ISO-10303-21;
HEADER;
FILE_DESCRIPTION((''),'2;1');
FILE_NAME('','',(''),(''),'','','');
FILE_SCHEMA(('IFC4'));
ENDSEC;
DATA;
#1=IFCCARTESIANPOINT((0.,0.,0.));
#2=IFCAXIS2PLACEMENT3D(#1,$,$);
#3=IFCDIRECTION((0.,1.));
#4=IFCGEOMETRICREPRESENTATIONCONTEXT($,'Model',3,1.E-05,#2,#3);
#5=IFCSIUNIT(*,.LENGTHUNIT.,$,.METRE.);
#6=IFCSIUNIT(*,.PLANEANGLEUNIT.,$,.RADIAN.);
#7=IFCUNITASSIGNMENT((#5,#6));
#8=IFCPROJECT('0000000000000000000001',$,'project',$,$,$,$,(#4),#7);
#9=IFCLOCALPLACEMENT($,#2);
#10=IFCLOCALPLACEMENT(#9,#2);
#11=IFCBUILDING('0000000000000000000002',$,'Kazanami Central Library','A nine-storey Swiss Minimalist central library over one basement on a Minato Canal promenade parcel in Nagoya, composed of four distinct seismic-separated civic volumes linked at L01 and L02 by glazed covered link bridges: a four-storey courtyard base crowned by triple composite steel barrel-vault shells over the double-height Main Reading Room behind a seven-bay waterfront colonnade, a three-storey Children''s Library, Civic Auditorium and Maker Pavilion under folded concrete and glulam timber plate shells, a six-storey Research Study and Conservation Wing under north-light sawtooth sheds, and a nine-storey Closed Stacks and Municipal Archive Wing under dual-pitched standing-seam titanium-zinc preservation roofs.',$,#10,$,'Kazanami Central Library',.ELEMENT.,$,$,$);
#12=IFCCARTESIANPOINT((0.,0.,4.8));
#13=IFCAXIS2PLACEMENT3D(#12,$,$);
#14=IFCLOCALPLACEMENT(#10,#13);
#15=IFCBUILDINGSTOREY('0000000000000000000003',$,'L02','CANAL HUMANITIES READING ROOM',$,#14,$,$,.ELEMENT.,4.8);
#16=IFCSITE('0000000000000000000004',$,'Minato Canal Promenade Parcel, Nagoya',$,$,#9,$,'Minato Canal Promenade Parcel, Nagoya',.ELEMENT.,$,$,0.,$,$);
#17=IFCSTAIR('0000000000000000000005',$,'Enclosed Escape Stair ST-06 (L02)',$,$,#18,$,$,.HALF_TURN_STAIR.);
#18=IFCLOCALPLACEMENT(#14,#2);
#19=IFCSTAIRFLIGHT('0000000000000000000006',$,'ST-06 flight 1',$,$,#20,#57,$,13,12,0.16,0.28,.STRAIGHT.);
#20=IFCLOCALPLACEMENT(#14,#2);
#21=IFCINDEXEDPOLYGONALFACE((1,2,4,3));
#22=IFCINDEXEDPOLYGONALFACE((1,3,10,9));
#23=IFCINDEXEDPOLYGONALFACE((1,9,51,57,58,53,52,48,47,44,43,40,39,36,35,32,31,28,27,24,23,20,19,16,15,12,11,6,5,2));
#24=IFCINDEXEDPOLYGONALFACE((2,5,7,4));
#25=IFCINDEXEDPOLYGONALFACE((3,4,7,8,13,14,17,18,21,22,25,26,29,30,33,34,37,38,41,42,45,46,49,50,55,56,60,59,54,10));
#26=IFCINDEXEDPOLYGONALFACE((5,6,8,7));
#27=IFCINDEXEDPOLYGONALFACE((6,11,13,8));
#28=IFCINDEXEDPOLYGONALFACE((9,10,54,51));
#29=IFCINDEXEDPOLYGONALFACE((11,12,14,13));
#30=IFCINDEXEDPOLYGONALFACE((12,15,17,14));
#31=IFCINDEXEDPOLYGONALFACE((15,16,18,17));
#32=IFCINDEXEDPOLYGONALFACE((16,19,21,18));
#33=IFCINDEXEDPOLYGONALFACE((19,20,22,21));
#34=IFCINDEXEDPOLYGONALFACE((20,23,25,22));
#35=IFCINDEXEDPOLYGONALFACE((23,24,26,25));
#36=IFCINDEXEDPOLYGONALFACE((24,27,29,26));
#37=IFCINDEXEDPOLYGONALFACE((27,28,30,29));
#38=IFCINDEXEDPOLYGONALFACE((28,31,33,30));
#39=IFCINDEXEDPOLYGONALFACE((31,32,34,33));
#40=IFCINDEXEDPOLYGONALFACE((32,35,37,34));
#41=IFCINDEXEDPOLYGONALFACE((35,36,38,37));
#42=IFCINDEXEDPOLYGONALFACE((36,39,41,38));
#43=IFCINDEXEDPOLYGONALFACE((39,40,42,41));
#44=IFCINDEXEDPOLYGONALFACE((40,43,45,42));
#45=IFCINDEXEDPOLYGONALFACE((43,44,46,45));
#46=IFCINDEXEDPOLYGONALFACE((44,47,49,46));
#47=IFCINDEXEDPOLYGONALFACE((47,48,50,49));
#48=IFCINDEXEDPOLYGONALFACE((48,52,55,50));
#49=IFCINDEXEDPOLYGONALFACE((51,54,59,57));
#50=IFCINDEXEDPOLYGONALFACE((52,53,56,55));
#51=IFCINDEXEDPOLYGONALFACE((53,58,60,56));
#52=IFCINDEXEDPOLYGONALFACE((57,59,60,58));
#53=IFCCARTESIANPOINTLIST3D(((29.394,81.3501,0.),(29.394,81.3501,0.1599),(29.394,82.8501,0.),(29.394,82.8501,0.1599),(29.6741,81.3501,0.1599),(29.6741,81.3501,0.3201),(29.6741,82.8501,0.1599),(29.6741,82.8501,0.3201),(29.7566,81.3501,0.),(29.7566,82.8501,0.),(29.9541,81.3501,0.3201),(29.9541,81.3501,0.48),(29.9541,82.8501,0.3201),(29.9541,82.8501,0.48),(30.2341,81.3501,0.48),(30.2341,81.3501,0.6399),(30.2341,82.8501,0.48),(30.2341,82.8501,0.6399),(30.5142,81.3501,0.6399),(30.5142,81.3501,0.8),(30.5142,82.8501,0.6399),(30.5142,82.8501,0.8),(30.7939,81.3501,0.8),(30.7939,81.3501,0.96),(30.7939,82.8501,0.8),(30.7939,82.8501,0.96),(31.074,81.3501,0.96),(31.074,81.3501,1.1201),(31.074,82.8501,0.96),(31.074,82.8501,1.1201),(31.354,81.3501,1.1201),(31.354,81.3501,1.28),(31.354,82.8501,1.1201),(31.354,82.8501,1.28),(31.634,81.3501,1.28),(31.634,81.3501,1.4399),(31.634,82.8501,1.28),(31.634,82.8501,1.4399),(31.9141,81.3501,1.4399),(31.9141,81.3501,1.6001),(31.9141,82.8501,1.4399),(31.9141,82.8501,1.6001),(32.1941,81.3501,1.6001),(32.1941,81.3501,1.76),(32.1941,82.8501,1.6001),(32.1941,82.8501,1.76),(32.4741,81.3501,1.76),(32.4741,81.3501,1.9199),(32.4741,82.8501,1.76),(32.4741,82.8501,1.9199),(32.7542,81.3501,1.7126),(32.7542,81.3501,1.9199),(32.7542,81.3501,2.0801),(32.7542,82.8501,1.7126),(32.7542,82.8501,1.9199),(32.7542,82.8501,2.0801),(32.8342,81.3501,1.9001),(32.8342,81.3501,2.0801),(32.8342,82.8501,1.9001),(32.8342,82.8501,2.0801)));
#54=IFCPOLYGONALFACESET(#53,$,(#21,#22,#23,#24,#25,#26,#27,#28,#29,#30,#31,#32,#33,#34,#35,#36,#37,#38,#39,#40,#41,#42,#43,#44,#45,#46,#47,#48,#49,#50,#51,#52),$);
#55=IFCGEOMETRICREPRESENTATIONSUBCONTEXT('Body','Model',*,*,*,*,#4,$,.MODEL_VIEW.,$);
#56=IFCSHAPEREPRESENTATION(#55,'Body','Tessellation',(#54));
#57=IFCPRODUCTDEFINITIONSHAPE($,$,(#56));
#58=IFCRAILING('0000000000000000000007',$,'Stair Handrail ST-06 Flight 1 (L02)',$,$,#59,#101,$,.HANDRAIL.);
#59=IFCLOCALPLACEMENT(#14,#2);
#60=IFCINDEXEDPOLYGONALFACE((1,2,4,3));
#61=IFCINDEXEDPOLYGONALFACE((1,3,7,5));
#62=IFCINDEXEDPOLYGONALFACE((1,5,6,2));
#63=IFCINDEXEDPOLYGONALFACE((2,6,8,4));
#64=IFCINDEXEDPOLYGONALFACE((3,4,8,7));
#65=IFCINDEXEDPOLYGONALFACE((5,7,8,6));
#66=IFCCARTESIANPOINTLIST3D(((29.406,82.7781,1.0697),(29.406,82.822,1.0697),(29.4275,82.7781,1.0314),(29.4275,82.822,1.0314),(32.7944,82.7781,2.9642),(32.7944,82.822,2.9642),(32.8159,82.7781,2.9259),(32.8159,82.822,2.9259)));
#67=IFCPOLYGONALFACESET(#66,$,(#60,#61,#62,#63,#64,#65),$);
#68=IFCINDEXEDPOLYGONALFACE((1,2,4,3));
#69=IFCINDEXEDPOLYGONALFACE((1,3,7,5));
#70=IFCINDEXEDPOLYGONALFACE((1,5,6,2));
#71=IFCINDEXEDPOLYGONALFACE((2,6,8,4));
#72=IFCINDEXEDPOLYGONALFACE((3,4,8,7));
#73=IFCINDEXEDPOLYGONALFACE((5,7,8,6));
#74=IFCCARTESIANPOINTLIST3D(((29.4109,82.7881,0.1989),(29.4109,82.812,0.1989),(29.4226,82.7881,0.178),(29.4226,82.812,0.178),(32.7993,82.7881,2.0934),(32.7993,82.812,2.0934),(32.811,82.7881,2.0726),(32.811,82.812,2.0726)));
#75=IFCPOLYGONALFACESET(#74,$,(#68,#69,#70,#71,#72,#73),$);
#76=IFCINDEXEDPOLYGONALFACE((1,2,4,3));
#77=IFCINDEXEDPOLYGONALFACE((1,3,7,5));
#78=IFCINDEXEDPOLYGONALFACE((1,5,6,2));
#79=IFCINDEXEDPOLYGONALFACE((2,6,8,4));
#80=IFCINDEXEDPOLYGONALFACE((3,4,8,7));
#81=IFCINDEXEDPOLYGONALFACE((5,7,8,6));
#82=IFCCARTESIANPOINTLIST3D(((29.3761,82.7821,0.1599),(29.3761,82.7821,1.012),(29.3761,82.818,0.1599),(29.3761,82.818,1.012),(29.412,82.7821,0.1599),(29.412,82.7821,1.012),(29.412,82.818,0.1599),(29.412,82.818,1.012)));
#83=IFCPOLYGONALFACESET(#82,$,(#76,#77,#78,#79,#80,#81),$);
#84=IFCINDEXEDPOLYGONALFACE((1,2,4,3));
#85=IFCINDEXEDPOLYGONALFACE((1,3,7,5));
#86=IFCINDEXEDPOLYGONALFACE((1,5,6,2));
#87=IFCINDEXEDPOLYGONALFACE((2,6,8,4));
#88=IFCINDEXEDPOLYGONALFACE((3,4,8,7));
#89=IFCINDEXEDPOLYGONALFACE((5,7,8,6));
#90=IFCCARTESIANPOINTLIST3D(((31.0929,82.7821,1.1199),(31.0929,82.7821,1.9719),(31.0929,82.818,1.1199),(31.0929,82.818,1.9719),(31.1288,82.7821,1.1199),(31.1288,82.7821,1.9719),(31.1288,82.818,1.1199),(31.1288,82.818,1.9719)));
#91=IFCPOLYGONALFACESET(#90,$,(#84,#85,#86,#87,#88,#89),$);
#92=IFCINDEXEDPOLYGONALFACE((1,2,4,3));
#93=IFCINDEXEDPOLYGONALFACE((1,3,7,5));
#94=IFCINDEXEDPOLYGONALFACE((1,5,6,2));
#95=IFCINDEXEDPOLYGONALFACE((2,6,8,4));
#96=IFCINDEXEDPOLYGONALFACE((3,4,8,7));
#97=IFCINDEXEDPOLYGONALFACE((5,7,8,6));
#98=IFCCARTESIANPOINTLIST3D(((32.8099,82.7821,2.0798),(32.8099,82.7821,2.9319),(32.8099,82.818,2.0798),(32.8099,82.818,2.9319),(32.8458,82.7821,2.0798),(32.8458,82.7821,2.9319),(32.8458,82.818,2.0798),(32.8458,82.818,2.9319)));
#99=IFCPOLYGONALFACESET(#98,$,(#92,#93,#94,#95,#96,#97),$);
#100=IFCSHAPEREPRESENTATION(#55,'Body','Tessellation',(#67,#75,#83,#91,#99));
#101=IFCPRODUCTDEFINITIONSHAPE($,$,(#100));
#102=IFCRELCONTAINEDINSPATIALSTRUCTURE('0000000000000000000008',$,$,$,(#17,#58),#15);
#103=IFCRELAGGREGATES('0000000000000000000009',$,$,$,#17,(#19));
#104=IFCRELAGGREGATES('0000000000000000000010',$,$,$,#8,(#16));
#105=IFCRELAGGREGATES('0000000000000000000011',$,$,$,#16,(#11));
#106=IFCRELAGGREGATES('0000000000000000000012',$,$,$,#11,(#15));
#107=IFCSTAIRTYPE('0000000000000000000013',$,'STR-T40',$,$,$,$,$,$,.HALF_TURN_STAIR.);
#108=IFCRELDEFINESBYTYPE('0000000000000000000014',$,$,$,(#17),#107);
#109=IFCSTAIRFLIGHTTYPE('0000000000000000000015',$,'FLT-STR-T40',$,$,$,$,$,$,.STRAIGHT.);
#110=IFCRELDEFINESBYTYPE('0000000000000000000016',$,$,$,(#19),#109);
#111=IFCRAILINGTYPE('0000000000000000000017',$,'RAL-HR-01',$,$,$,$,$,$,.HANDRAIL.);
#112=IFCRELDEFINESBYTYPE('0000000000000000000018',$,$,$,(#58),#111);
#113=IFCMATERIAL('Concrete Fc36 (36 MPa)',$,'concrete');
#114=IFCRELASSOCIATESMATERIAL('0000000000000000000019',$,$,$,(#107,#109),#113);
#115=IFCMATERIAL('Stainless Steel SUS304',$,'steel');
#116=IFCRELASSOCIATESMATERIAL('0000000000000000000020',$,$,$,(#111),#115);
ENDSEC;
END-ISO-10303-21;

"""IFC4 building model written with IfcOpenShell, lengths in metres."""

from ifc_helpers import new_model, si_unit, direction, frame, origin, origin_2d, place, context, subcontext, project, spatial, polyline, rectangle, outline, extrude, material, type_object, element, aggregate, save


model = new_model("IFC4")

# Units and contexts
model_context = context("Model", 3, precision=1e-05, world=origin(), true_north=direction((0.0, 1.0)))
body_context = subcontext(model_context, "Body", "Model", "MODEL_VIEW")
ifc_project = project(units=[si_unit("LENGTHUNIT", "METRE"), si_unit("PLANEANGLEUNIT", "RADIAN")], contexts=[model_context])

# Site, building, storey
site_placement = place(None, origin())
site = spatial("IfcSite", under=ifc_project, at=site_placement, Name="Minato Canal Promenade Parcel, Nagoya", LongName="Minato Canal Promenade Parcel, Nagoya", CompositionType="ELEMENT", RefElevation=0.0)
building_placement = place(site_placement, origin())
building = spatial("IfcBuilding", under=site, at=building_placement, Name="Kazanami Central Library", Description="A nine-storey Swiss Minimalist central library over one basement on a Minato Canal promenade parcel in Nagoya, composed of four distinct seismic-separated civic volumes linked at L01 and L02 by glazed covered link bridges: a four-storey courtyard base crowned by triple composite steel barrel-vault shells over the double-height Main Reading Room behind a seven-bay waterfront colonnade, a three-storey Children's Library, Civic Auditorium and Maker Pavilion under folded concrete and glulam timber plate shells, a six-storey Research Study and Conservation Wing under north-light sawtooth sheds, and a nine-storey Closed Stacks and Municipal Archive Wing under dual-pitched standing-seam titanium-zinc preservation roofs.", LongName="Kazanami Central Library", CompositionType="ELEMENT")
storey_placement = place(building_placement, frame((0.0, 0.0, 4.8)))
storey = spatial("IfcBuildingStorey", under=building, at=storey_placement, Name="L02", Description="CANAL HUMANITIES READING ROOM", CompositionType="ELEMENT", Elevation=4.8)

# Shared definitions
ifc_material_1 = material(Name="Concrete Fc36 (36 MPa)", Category="concrete")

# Stair, stair flight
stair_type = type_object("IfcStairType", Name="STR-T40", PredefinedType="HALF_TURN_STAIR", material=ifc_material_1)
stair_placement = place(storey_placement, origin())
stair = element("IfcStair", 1, at=stair_placement, inside=storey, type_object=stair_type, Name="Enclosed Escape Stair ST-06 (L02)", PredefinedType="HALF_TURN_STAIR")
stair_flight_type = type_object("IfcStairFlightType", Name="FLT-STR-T40", PredefinedType="STRAIGHT", material=ifc_material_1)
stair_flight_placement = place(storey_placement, frame((29.394, 82.1001, 0.0), z_axis=(0.0, 0.0, 1.0), x_axis=(1.0, 0.0, 0.0)))
stair_flight = element("IfcStairFlight", 2, at=stair_flight_placement, type_object=stair_flight_type, Name="ST-06 flight 1", NumberOfRisers=13, NumberOfTreads=12, PredefinedType="STRAIGHT", RiserHeight=0.16, TreadLength=0.28, context=body_context, shape_type="SweptSolid", body=[
    extrude(outline(polyline([(0.0, 0.0), (0.0, 0.1599), (0.28, 0.1599), (0.28, 0.3201), (0.5601, 0.3201), (0.5601, 0.48), (0.8401, 0.48), (0.8401, 0.6399), (1.1201, 0.6399), (1.1201, 0.8), (1.3999, 0.8), (1.3999, 0.96), (1.6799, 0.96), (1.6799, 1.1201), (1.96, 1.1201), (1.96, 1.28), (2.24, 1.28), (2.24, 1.4399), (2.52, 1.4399), (2.52, 1.6001), (2.8, 1.6001), (2.8, 1.76), (3.0801, 1.76), (3.0801, 1.9199), (3.3601, 1.9199), (3.3601, 2.0801), (3.4402, 2.0801), (3.4402, 1.9001), (3.3601, 1.7126), (0.3625, 0.0), (0.0, 0.0)])), frame((0.0, 0.75, 0.0), z_axis=(0.0, -1.0, 0.0), x_axis=(1.0, 0.0, 0.0)), (0.0, 0.0, 1.0), 1.5),
])
aggregate(stair, [stair_flight])

# Railing
ifc_material_2 = material(Name="Stainless Steel SUS304", Category="steel")
railing_type = type_object("IfcRailingType", Name="RAL-HR-01", PredefinedType="HANDRAIL", material=ifc_material_2)
railing_placement = place(storey_placement, frame((29.394, 82.8, 0.1599)))
element("IfcRailing", 3, at=railing_placement, inside=storey, type_object=railing_type, Name="Stair Handrail ST-06 Flight 1 (L02)", PredefinedType="HANDRAIL", context=body_context, shape_type="SweptSolid", body=[
    extrude(rectangle(XDim=0.0439, YDim=0.0439, at=origin_2d()), frame((0.0227, 0.0, 0.8906), z_axis=(0.872834, 0.0, 0.488017), x_axis=(0.0, 1.0, 0.0)), (0.0, 0.0, 1.0), 3.8821),
    extrude(rectangle(XDim=0.0239, YDim=0.0239, at=origin_2d()), frame((0.0227, 0.0, 0.0286), z_axis=(0.872834, 0.0, 0.488017), x_axis=(0.0, 1.0, 0.0)), (0.0, 0.0, 1.0), 3.8821),
    extrude(rectangle(XDim=0.0359, YDim=0.0359, at=origin_2d()), origin(), (0.0, 0.0, 1.0), 0.8521),
    extrude(rectangle(XDim=0.0359, YDim=0.0359, at=origin_2d()), frame((1.7168, 0.0, 0.96)), (0.0, 0.0, 1.0), 0.8521),
    extrude(rectangle(XDim=0.0359, YDim=0.0359, at=origin_2d()), frame((3.4338, 0.0, 1.9199)), (0.0, 0.0, 1.0), 0.8521),
])

save(model, "model.ifc")
